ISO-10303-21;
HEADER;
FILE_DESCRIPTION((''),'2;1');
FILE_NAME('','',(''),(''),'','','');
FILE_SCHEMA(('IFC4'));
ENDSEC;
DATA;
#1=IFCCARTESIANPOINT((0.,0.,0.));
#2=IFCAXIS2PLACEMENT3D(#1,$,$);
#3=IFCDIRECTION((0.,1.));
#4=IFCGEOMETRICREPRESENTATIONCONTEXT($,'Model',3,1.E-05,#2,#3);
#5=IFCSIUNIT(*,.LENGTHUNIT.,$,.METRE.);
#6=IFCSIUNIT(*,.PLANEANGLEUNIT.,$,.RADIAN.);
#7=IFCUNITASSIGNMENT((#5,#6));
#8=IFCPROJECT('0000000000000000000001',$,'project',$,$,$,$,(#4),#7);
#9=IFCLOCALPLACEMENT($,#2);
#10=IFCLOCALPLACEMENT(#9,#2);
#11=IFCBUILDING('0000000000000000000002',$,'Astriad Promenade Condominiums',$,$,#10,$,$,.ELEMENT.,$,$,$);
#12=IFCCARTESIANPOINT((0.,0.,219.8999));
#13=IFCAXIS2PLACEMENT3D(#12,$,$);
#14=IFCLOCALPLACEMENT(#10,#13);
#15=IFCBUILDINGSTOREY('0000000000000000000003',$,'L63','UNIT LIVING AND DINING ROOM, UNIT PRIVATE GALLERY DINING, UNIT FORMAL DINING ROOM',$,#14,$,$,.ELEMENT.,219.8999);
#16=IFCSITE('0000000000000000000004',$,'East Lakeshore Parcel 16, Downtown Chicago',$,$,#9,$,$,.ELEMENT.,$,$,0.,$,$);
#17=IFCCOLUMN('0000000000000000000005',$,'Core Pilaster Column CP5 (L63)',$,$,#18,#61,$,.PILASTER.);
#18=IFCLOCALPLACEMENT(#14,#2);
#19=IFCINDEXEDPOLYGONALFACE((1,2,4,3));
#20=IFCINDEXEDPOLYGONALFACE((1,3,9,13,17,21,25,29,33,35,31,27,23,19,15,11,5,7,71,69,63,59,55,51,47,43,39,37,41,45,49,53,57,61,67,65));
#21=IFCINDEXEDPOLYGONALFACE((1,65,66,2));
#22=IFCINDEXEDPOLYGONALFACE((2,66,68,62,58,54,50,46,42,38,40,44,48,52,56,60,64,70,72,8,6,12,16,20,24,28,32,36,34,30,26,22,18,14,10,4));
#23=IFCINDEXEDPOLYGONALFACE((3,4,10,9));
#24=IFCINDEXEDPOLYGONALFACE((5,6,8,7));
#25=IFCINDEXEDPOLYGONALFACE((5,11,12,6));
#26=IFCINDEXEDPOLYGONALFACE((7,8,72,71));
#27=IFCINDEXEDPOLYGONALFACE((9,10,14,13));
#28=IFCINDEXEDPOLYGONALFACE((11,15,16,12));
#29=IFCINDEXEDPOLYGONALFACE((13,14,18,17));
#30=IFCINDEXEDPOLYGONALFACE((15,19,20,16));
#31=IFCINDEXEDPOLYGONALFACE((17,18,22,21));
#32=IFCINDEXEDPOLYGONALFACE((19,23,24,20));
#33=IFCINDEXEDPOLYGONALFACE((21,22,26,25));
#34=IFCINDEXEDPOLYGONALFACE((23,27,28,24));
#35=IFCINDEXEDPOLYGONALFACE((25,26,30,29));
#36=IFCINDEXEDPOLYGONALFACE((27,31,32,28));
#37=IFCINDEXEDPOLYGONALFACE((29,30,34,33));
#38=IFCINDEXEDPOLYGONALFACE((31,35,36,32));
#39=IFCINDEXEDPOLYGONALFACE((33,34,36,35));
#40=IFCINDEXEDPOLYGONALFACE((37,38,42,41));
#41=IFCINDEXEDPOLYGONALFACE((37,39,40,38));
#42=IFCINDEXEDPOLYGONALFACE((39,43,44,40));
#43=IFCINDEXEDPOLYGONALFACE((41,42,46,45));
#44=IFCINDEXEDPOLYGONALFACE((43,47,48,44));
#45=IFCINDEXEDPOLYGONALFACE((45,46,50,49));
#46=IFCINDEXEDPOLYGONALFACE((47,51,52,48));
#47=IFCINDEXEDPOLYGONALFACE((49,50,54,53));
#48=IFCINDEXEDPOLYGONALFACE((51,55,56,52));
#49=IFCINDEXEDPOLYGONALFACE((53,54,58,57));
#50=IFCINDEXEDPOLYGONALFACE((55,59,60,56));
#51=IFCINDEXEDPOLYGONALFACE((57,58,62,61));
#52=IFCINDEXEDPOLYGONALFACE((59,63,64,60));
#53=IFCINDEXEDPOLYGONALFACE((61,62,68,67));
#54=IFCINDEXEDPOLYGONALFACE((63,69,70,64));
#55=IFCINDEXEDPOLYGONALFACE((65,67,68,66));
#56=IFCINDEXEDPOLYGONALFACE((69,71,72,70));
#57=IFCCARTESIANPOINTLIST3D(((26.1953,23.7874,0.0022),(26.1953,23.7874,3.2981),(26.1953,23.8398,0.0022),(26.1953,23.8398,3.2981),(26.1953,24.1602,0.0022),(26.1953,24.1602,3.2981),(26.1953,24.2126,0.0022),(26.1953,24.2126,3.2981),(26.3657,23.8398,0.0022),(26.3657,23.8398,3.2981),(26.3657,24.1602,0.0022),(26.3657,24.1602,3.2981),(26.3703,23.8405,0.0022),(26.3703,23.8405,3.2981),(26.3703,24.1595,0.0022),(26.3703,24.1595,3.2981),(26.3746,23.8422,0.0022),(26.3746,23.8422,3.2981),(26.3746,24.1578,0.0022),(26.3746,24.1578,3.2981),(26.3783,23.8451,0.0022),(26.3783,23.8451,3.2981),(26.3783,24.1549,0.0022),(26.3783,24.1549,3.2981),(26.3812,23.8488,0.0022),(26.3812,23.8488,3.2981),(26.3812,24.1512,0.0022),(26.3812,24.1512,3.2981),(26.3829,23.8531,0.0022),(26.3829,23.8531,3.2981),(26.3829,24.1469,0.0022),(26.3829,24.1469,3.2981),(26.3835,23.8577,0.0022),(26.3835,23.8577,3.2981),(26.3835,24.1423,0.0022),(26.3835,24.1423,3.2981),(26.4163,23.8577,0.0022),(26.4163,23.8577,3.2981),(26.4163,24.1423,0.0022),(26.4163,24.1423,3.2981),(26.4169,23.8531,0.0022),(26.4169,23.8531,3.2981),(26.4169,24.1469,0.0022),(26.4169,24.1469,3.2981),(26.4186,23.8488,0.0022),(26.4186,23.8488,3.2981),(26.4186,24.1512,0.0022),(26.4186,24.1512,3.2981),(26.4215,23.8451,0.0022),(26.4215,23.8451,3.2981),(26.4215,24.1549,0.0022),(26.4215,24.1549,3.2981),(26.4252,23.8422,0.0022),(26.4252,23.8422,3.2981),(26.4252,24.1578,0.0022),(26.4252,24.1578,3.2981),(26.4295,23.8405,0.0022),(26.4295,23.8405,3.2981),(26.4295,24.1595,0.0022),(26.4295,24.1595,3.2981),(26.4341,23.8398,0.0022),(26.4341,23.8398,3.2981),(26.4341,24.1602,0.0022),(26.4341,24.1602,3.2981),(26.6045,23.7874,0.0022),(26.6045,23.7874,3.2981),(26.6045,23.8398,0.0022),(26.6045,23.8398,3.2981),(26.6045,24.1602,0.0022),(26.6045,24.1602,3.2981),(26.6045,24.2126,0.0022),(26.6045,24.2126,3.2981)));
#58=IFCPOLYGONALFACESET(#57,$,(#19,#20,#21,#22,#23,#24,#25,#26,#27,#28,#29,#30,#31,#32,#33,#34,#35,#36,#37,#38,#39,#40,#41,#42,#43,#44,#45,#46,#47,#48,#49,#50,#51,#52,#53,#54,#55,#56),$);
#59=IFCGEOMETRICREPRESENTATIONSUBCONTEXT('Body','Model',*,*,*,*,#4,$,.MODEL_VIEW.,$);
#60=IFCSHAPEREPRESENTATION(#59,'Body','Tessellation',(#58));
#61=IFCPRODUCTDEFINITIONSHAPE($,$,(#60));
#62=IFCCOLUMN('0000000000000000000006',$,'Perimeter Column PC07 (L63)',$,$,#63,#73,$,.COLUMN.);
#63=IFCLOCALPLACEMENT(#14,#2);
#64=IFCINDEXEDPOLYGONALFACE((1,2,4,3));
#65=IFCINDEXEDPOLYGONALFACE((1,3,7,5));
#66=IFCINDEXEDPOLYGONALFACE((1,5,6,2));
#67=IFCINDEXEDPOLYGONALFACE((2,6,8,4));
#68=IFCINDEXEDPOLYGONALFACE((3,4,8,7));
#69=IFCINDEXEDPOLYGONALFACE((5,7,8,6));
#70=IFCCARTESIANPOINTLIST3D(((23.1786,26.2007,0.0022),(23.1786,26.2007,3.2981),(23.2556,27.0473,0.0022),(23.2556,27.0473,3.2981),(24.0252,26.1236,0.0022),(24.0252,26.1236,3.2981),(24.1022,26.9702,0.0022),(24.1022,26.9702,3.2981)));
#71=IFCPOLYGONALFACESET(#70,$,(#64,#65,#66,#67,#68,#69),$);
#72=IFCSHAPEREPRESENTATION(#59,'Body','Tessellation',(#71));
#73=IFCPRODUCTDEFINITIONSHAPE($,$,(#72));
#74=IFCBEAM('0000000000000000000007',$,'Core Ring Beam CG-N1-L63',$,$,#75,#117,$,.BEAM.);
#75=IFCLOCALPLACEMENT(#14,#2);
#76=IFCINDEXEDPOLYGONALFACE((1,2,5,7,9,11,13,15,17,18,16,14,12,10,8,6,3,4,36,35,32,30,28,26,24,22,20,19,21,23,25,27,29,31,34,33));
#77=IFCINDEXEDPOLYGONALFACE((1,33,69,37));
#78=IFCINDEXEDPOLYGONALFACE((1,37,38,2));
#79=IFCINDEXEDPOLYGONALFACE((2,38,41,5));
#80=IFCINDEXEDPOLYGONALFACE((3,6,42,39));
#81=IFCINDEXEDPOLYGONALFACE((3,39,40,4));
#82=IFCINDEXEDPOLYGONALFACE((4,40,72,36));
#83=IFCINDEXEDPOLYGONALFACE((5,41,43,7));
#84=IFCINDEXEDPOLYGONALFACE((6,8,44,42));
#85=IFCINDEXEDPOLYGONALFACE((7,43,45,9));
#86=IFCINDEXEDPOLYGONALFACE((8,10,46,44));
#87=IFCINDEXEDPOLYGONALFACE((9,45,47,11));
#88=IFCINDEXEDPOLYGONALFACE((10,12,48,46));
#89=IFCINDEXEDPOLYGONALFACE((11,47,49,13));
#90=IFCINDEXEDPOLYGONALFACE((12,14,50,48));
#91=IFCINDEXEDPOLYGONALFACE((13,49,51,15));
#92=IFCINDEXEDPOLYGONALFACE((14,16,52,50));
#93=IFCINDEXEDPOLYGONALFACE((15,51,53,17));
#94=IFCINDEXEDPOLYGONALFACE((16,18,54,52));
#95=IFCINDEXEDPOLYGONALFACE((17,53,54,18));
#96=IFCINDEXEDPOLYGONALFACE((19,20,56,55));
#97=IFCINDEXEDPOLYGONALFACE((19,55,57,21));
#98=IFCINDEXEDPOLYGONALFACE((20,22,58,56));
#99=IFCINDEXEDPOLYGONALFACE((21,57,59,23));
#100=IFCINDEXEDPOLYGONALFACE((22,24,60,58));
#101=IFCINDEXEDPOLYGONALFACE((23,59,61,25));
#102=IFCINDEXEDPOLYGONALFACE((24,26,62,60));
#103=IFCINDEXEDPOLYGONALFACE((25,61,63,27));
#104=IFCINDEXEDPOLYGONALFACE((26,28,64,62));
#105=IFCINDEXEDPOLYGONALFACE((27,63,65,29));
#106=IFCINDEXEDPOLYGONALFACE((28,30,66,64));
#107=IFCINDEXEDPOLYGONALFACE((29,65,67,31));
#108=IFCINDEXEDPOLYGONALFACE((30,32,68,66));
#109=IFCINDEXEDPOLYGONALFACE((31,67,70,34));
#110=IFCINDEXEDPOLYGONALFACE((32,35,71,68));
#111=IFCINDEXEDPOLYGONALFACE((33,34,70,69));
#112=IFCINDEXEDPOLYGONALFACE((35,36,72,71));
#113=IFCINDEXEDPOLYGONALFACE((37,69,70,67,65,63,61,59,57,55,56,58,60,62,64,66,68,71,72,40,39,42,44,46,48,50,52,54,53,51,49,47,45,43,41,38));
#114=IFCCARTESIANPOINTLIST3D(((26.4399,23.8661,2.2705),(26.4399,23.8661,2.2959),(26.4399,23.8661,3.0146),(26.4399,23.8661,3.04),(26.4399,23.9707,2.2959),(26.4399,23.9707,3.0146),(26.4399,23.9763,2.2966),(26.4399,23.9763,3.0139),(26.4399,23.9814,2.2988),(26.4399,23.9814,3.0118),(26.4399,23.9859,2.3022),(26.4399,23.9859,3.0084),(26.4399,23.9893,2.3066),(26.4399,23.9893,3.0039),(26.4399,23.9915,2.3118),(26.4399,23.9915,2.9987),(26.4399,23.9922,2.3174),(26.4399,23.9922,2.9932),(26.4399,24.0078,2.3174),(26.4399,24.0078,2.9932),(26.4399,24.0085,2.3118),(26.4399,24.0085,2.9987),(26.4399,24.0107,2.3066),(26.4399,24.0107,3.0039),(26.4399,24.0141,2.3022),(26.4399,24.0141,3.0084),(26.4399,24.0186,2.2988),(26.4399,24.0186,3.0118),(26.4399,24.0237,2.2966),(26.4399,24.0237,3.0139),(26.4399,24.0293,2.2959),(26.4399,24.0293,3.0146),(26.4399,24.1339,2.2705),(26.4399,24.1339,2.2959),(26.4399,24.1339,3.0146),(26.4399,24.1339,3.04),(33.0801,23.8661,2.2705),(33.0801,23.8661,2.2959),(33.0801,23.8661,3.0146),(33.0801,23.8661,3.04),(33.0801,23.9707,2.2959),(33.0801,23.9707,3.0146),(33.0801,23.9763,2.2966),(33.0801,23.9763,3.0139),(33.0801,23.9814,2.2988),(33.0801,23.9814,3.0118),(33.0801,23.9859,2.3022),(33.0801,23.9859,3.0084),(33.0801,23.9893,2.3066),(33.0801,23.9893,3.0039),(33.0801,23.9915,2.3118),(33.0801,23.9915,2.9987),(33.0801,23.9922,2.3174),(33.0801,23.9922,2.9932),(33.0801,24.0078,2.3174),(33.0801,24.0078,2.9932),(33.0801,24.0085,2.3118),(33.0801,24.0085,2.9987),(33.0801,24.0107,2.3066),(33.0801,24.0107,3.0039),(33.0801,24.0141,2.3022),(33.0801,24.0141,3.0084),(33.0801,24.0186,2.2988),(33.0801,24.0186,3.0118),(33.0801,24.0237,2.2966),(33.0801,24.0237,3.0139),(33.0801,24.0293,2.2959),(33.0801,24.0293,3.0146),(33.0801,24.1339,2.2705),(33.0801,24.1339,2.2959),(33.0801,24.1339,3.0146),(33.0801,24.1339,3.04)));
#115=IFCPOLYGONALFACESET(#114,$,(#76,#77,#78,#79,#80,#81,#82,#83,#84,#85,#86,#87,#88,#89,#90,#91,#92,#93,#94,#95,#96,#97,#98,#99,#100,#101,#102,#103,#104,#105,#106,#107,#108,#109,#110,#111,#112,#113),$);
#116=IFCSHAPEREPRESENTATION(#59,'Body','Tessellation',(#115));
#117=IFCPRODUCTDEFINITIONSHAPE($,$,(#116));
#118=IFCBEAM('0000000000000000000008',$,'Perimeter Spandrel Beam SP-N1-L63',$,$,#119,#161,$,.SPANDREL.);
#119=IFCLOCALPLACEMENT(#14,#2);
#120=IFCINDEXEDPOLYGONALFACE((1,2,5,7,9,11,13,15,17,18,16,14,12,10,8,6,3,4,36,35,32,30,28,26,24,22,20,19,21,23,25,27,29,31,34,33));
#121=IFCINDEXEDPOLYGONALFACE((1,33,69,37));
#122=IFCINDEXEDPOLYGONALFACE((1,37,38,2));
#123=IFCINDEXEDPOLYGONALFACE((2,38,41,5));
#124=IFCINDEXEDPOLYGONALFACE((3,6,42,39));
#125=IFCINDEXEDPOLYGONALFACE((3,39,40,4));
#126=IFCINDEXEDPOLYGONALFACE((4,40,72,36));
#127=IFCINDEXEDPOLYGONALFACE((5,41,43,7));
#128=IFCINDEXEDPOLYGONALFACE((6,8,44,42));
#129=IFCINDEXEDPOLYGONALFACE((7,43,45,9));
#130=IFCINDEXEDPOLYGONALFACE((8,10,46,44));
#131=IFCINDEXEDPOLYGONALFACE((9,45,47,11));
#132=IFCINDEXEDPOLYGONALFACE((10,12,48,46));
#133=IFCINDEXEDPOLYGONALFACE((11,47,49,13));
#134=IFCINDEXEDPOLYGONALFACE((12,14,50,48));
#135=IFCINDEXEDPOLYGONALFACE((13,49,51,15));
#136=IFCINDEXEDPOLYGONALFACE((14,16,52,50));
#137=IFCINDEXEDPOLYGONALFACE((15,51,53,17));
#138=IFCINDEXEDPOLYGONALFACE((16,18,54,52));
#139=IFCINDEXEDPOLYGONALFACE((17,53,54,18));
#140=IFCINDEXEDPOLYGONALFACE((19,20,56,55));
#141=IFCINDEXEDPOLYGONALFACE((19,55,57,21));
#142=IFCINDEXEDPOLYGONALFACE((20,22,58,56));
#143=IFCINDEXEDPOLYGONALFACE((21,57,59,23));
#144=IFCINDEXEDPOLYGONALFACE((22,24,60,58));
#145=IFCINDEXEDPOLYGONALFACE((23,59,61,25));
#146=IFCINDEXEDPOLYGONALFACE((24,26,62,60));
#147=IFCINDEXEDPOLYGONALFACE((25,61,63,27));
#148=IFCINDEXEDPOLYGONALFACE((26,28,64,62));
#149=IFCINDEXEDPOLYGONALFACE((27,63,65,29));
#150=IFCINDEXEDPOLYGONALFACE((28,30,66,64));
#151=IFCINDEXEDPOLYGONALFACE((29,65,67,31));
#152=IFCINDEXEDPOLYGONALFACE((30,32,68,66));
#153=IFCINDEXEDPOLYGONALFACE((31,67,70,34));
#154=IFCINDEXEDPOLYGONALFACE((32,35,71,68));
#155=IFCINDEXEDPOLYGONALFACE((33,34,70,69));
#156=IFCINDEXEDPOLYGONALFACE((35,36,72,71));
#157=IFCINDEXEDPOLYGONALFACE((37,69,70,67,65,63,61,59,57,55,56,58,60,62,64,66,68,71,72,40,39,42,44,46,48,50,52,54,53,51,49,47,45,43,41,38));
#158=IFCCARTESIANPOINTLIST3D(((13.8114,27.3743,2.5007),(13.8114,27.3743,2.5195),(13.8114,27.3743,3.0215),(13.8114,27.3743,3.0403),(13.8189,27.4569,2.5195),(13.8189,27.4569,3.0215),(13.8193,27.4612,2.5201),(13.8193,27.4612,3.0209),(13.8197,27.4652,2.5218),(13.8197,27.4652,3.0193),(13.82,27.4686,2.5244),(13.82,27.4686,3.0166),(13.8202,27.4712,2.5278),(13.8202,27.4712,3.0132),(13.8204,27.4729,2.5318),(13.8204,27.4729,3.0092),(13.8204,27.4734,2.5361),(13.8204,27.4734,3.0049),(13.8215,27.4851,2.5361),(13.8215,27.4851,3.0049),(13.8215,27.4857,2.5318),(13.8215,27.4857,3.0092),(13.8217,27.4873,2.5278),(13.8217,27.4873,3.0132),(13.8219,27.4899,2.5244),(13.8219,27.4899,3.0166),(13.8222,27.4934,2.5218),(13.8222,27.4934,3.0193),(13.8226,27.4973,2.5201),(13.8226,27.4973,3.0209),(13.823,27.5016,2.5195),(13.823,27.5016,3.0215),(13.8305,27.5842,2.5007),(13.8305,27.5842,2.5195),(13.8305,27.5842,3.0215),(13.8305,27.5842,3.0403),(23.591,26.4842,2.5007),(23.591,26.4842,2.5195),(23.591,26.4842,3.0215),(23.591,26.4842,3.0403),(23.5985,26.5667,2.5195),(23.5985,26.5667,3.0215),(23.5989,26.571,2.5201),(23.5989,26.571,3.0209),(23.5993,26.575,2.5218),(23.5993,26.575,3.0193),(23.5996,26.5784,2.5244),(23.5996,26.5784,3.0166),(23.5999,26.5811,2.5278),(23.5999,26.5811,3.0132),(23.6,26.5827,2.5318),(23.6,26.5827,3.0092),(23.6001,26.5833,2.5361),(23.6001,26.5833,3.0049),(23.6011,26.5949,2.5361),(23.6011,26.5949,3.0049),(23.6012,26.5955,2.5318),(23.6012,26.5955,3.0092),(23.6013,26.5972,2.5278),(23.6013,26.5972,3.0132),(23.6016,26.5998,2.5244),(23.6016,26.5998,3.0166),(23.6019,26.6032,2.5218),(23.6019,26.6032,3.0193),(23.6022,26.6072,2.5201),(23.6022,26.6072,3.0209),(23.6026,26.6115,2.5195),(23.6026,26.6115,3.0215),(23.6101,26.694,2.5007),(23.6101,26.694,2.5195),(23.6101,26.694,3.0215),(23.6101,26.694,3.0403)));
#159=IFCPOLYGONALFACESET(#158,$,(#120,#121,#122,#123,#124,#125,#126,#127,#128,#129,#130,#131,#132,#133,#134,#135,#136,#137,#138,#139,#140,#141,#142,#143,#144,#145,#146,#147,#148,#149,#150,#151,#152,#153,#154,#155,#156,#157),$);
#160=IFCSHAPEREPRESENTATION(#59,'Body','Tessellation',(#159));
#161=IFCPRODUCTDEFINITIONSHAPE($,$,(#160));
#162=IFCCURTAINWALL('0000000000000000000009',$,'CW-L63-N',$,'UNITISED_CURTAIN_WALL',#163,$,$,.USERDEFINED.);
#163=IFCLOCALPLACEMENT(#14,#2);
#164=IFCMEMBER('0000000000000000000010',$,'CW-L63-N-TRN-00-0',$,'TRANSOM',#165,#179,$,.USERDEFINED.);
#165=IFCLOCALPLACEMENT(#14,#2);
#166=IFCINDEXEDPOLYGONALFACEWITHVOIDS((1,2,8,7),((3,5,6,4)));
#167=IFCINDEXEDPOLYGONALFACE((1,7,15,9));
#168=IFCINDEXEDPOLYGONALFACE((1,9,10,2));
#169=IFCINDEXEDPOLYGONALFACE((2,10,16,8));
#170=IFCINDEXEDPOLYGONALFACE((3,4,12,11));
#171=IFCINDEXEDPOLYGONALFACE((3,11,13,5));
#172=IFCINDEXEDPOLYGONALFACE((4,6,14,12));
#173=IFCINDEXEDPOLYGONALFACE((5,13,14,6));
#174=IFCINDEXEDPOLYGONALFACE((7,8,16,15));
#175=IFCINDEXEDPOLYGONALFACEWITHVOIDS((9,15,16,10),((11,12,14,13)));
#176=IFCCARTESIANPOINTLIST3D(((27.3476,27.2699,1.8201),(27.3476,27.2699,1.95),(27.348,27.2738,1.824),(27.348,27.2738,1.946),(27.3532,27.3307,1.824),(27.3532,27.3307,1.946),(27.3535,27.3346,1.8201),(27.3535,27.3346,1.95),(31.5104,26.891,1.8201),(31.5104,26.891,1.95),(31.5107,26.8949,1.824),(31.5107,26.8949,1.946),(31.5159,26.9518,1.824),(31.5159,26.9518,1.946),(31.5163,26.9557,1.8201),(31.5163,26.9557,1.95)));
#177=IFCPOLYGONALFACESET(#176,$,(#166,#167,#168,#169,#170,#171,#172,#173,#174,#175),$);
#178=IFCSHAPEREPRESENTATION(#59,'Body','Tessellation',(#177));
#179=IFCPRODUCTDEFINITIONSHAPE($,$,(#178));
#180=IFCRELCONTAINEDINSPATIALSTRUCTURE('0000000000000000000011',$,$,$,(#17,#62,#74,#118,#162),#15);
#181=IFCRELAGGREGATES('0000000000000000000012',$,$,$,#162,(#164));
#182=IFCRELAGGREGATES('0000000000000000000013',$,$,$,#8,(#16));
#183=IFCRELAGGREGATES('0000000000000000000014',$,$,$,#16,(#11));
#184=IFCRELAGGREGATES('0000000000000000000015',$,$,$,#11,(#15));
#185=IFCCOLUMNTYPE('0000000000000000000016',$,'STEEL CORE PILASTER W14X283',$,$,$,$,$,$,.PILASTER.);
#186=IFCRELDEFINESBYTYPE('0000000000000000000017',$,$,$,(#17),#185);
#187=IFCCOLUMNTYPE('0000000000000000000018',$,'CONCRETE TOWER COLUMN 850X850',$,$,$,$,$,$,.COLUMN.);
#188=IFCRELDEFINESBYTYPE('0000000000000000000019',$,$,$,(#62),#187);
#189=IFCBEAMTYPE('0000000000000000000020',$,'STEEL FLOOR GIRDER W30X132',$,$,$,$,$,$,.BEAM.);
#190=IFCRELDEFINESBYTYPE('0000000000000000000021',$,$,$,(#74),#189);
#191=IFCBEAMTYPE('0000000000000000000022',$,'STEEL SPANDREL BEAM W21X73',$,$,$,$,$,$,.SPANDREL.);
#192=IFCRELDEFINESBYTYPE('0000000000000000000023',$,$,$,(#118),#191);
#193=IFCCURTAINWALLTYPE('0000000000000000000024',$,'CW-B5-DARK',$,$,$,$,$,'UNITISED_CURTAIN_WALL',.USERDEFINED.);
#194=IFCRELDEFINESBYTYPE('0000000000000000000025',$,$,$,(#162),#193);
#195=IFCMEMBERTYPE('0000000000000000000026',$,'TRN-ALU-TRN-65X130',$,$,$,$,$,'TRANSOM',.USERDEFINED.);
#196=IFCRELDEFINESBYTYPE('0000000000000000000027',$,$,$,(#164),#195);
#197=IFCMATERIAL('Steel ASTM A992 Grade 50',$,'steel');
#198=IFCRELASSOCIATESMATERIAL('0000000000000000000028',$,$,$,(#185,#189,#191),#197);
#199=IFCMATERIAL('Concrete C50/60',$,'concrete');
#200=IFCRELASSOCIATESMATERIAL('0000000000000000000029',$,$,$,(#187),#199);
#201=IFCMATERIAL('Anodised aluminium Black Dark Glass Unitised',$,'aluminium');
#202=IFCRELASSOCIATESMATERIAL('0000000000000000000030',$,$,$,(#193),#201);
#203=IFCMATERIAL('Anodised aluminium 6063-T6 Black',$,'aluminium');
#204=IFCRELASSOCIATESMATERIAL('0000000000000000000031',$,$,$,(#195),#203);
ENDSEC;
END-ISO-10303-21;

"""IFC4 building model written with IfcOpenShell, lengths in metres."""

from ifc_helpers import new_model, si_unit, direction, frame, origin, origin_2d, place, context, subcontext, project, spatial, rectangle, hollow_rectangle, i_section, extrude, source, transform, mapped, material, material_profile, profile_set, type_object, type_shapes, element, aggregate, save


model = new_model("IFC4")

# Units and contexts
model_context = context("Model", 3, precision=1e-05, world=origin(), true_north=direction((0.0, 1.0)))
body_context = subcontext(model_context, "Body", "Model", "MODEL_VIEW")
ifc_project = project(units=[si_unit("LENGTHUNIT", "METRE"), si_unit("PLANEANGLEUNIT", "RADIAN")], contexts=[model_context])

# Site, building, storey
site_placement = place(None, origin())
site = spatial("IfcSite", under=ifc_project, at=site_placement, Name="East Lakeshore Parcel 16, Downtown Chicago", CompositionType="ELEMENT", RefElevation=0.0)
building_placement = place(site_placement, origin())
building = spatial("IfcBuilding", under=site, at=building_placement, Name="Astriad Promenade Condominiums", CompositionType="ELEMENT")
storey_placement = place(building_placement, frame((0.0, 0.0, 219.8999)))
storey = spatial("IfcBuildingStorey", under=building, at=storey_placement, Name="L63", Description="UNIT LIVING AND DINING ROOM, UNIT PRIVATE GALLERY DINING, UNIT FORMAL DINING ROOM", CompositionType="ELEMENT", Elevation=219.8999)

# Columns
ifc_material_1 = material(Name="Steel ASTM A992 Grade 50", Category="steel")
ifc_material_profile_1 = material_profile(ifc_material_1, i_section(OverallWidth=0.4092, OverallDepth=0.4253, WebThickness=0.0327, FlangeThickness=0.0525, FilletRadius=0.0178, at=origin_2d()), Name="W14X283")
ifc_profile_set_1 = profile_set([ifc_material_profile_1], Name="Steel ASTM A992 Grade 50")
column_type_1 = type_object("IfcColumnType", Name="STEEL CORE PILASTER W14X283", PredefinedType="PILASTER", material=ifc_profile_set_1)
shared_shape_1 = source(origin(), body_context, "Body", "SweptSolid", [
    extrude(i_section(OverallWidth=0.4092, OverallDepth=0.4253, WebThickness=0.0327, FlangeThickness=0.0525, FilletRadius=0.0178, at=origin_2d()), origin(), (0.0, 0.0, 1.0), 3.2959),
])
type_shapes(column_type_1, [shared_shape_1])
column_1_placement = place(storey_placement, frame((26.3999, 24.0, 0.0022), z_axis=(0.0, 0.0, 1.0), x_axis=(1.0, 0.0, 0.0)))
element("IfcColumn", 1, at=column_1_placement, inside=storey, type_object=column_type_1, Name="Core Pilaster Column CP5 (L63)", PredefinedType="PILASTER", context=body_context, shape_type="MappedRepresentation", body=[
    mapped(shared_shape_1, transform((0.0, 0.0, 0.0), scale=1.0)),
])
ifc_material_2 = material(Name="Concrete C50/60", Category="concrete")
ifc_material_profile_2 = material_profile(ifc_material_2, rectangle(XDim=0.8501, YDim=0.8501, at=origin_2d()), Name="RC-COL-850X850")
ifc_profile_set_2 = profile_set([ifc_material_profile_2], Name="Concrete C50/60")
column_type_2 = type_object("IfcColumnType", Name="CONCRETE TOWER COLUMN 850X850", PredefinedType="COLUMN", material=ifc_profile_set_2)
shared_shape_2 = source(origin(), body_context, "Body", "SweptSolid", [
    extrude(rectangle(XDim=0.8501, YDim=0.8501, at=origin_2d()), origin(), (0.0, 0.0, 1.0), 3.2959),
])
type_shapes(column_type_2, [shared_shape_2])
column_2_placement = place(storey_placement, frame((23.6404, 26.5854, 0.0022), z_axis=(0.0, 0.0, 1.0), x_axis=(0.995884, -0.090633, 0.0)))
element("IfcColumn", 2, at=column_2_placement, inside=storey, type_object=column_type_2, Name="Perimeter Column PC07 (L63)", PredefinedType="COLUMN", context=body_context, shape_type="MappedRepresentation", body=[
    mapped(shared_shape_2, transform((0.0, 0.0, 0.0), scale=1.0)),
])

# Beams
ifc_material_profile_3 = material_profile(ifc_material_1, i_section(OverallWidth=0.2678, OverallDepth=0.7695, WebThickness=0.0156, FlangeThickness=0.0254, FilletRadius=0.0215, at=origin_2d()), Name="W30X132")
ifc_profile_set_3 = profile_set([ifc_material_profile_3], Name="Steel ASTM A992 Grade 50")
beam_type_1 = type_object("IfcBeamType", Name="STEEL FLOOR GIRDER W30X132", PredefinedType="BEAM", material=ifc_profile_set_3)
shared_shape_3 = source(origin(), body_context, "Body", "SweptSolid", [
    extrude(i_section(OverallWidth=0.2678, OverallDepth=0.7695, WebThickness=0.0156, FlangeThickness=0.0254, FilletRadius=0.0215, at=origin_2d()), origin(), (0.0, 0.0, 1.0), 6.6401),
])
type_shapes(beam_type_1, [shared_shape_3])
beam_1_placement = place(storey_placement, frame((26.4399, 24.0, 2.6553), z_axis=(1.0, 0.0, 0.0), x_axis=(0.0, 1.0, 0.0)))
element("IfcBeam", 3, at=beam_1_placement, inside=storey, type_object=beam_type_1, Name="Core Ring Beam CG-N1-L63", PredefinedType="BEAM", context=body_context, shape_type="MappedRepresentation", body=[
    mapped(shared_shape_3, transform((0.0, 0.0, 0.0), scale=1.0)),
])
ifc_material_profile_4 = material_profile(ifc_material_1, i_section(OverallWidth=0.2107, OverallDepth=0.5396, WebThickness=0.0117, FlangeThickness=0.0188, FilletRadius=0.0166, at=origin_2d()), Name="W21X73")
ifc_profile_set_4 = profile_set([ifc_material_profile_4], Name="Steel ASTM A992 Grade 50")
beam_type_2 = type_object("IfcBeamType", Name="STEEL SPANDREL BEAM W21X73", PredefinedType="SPANDREL", material=ifc_profile_set_4)
shared_shape_4 = source(origin(), body_context, "Body", "SweptSolid", [
    extrude(i_section(OverallWidth=0.2107, OverallDepth=0.5396, WebThickness=0.0117, FlangeThickness=0.0188, FilletRadius=0.0166, at=origin_2d()), origin(), (0.0, 0.0, 1.0), 9.8201),
])
type_shapes(beam_type_2, [shared_shape_4])
beam_2_placement = place(storey_placement, frame((23.6006, 26.5891, 2.7705), z_axis=(-0.995883, 0.090646, 0.0), x_axis=(-0.090646, -0.995883, 0.0)))
element("IfcBeam", 4, at=beam_2_placement, inside=storey, type_object=beam_type_2, Name="Perimeter Spandrel Beam SP-N1-L63", PredefinedType="SPANDREL", context=body_context, shape_type="MappedRepresentation", body=[
    mapped(shared_shape_4, transform((0.0, 0.0, 0.0), scale=1.0)),
])

# Curtain wall, member
ifc_material_3 = material(Name="Anodised aluminium Black Dark Glass Unitised", Category="aluminium")
curtain_wall_type = type_object("IfcCurtainWallType", Name="CW-B5-DARK", ElementType="UNITISED_CURTAIN_WALL", PredefinedType="USERDEFINED", material=ifc_material_3)
curtain_wall_placement = place(storey_placement, origin())
curtain_wall = element("IfcCurtainWall", 5, at=curtain_wall_placement, inside=storey, type_object=curtain_wall_type, Name="CW-L63-N", ObjectType="UNITISED_CURTAIN_WALL", PredefinedType="USERDEFINED")
ifc_material_4 = material(Name="Anodised aluminium 6063-T6 Black", Category="aluminium")
ifc_material_profile_5 = material_profile(ifc_material_4, hollow_rectangle(XDim=0.0649, YDim=0.1299, WallThickness=0.0039, at=origin_2d()), Name="ALU-TRN-65X130")
ifc_profile_set_5 = profile_set([ifc_material_profile_5], Name="Anodised aluminium 6063-T6 Black")
member_type_1 = type_object("IfcMemberType", Name="TRN-ALU-TRN-65X130", ElementType="TRANSOM", PredefinedType="USERDEFINED", material=ifc_profile_set_5)
shared_shape_5 = source(origin(), body_context, "Body", "SweptSolid", [
    extrude(hollow_rectangle(XDim=0.0649, YDim=0.1299, WallThickness=0.0039, at=origin_2d()), origin(), (0.0, 0.0, 1.0), 4.1799),
])
type_shapes(member_type_1, [shared_shape_5])
member_1_placement = place(storey_placement, frame((27.3506, 27.3022, 1.885), z_axis=(0.995883, -0.090646, 0.0), x_axis=(0.090646, 0.995883, 0.0)))
member_1 = element("IfcMember", 6, at=member_1_placement, type_object=member_type_1, Name="CW-L63-N-TRN-00-0", ObjectType="TRANSOM", PredefinedType="USERDEFINED", context=body_context, shape_type="MappedRepresentation", body=[
    mapped(shared_shape_5, transform((0.0, 0.0, 0.0), scale=1.0)),
])
aggregate(curtain_wall, [member_1])

save(model, "model.ifc")
